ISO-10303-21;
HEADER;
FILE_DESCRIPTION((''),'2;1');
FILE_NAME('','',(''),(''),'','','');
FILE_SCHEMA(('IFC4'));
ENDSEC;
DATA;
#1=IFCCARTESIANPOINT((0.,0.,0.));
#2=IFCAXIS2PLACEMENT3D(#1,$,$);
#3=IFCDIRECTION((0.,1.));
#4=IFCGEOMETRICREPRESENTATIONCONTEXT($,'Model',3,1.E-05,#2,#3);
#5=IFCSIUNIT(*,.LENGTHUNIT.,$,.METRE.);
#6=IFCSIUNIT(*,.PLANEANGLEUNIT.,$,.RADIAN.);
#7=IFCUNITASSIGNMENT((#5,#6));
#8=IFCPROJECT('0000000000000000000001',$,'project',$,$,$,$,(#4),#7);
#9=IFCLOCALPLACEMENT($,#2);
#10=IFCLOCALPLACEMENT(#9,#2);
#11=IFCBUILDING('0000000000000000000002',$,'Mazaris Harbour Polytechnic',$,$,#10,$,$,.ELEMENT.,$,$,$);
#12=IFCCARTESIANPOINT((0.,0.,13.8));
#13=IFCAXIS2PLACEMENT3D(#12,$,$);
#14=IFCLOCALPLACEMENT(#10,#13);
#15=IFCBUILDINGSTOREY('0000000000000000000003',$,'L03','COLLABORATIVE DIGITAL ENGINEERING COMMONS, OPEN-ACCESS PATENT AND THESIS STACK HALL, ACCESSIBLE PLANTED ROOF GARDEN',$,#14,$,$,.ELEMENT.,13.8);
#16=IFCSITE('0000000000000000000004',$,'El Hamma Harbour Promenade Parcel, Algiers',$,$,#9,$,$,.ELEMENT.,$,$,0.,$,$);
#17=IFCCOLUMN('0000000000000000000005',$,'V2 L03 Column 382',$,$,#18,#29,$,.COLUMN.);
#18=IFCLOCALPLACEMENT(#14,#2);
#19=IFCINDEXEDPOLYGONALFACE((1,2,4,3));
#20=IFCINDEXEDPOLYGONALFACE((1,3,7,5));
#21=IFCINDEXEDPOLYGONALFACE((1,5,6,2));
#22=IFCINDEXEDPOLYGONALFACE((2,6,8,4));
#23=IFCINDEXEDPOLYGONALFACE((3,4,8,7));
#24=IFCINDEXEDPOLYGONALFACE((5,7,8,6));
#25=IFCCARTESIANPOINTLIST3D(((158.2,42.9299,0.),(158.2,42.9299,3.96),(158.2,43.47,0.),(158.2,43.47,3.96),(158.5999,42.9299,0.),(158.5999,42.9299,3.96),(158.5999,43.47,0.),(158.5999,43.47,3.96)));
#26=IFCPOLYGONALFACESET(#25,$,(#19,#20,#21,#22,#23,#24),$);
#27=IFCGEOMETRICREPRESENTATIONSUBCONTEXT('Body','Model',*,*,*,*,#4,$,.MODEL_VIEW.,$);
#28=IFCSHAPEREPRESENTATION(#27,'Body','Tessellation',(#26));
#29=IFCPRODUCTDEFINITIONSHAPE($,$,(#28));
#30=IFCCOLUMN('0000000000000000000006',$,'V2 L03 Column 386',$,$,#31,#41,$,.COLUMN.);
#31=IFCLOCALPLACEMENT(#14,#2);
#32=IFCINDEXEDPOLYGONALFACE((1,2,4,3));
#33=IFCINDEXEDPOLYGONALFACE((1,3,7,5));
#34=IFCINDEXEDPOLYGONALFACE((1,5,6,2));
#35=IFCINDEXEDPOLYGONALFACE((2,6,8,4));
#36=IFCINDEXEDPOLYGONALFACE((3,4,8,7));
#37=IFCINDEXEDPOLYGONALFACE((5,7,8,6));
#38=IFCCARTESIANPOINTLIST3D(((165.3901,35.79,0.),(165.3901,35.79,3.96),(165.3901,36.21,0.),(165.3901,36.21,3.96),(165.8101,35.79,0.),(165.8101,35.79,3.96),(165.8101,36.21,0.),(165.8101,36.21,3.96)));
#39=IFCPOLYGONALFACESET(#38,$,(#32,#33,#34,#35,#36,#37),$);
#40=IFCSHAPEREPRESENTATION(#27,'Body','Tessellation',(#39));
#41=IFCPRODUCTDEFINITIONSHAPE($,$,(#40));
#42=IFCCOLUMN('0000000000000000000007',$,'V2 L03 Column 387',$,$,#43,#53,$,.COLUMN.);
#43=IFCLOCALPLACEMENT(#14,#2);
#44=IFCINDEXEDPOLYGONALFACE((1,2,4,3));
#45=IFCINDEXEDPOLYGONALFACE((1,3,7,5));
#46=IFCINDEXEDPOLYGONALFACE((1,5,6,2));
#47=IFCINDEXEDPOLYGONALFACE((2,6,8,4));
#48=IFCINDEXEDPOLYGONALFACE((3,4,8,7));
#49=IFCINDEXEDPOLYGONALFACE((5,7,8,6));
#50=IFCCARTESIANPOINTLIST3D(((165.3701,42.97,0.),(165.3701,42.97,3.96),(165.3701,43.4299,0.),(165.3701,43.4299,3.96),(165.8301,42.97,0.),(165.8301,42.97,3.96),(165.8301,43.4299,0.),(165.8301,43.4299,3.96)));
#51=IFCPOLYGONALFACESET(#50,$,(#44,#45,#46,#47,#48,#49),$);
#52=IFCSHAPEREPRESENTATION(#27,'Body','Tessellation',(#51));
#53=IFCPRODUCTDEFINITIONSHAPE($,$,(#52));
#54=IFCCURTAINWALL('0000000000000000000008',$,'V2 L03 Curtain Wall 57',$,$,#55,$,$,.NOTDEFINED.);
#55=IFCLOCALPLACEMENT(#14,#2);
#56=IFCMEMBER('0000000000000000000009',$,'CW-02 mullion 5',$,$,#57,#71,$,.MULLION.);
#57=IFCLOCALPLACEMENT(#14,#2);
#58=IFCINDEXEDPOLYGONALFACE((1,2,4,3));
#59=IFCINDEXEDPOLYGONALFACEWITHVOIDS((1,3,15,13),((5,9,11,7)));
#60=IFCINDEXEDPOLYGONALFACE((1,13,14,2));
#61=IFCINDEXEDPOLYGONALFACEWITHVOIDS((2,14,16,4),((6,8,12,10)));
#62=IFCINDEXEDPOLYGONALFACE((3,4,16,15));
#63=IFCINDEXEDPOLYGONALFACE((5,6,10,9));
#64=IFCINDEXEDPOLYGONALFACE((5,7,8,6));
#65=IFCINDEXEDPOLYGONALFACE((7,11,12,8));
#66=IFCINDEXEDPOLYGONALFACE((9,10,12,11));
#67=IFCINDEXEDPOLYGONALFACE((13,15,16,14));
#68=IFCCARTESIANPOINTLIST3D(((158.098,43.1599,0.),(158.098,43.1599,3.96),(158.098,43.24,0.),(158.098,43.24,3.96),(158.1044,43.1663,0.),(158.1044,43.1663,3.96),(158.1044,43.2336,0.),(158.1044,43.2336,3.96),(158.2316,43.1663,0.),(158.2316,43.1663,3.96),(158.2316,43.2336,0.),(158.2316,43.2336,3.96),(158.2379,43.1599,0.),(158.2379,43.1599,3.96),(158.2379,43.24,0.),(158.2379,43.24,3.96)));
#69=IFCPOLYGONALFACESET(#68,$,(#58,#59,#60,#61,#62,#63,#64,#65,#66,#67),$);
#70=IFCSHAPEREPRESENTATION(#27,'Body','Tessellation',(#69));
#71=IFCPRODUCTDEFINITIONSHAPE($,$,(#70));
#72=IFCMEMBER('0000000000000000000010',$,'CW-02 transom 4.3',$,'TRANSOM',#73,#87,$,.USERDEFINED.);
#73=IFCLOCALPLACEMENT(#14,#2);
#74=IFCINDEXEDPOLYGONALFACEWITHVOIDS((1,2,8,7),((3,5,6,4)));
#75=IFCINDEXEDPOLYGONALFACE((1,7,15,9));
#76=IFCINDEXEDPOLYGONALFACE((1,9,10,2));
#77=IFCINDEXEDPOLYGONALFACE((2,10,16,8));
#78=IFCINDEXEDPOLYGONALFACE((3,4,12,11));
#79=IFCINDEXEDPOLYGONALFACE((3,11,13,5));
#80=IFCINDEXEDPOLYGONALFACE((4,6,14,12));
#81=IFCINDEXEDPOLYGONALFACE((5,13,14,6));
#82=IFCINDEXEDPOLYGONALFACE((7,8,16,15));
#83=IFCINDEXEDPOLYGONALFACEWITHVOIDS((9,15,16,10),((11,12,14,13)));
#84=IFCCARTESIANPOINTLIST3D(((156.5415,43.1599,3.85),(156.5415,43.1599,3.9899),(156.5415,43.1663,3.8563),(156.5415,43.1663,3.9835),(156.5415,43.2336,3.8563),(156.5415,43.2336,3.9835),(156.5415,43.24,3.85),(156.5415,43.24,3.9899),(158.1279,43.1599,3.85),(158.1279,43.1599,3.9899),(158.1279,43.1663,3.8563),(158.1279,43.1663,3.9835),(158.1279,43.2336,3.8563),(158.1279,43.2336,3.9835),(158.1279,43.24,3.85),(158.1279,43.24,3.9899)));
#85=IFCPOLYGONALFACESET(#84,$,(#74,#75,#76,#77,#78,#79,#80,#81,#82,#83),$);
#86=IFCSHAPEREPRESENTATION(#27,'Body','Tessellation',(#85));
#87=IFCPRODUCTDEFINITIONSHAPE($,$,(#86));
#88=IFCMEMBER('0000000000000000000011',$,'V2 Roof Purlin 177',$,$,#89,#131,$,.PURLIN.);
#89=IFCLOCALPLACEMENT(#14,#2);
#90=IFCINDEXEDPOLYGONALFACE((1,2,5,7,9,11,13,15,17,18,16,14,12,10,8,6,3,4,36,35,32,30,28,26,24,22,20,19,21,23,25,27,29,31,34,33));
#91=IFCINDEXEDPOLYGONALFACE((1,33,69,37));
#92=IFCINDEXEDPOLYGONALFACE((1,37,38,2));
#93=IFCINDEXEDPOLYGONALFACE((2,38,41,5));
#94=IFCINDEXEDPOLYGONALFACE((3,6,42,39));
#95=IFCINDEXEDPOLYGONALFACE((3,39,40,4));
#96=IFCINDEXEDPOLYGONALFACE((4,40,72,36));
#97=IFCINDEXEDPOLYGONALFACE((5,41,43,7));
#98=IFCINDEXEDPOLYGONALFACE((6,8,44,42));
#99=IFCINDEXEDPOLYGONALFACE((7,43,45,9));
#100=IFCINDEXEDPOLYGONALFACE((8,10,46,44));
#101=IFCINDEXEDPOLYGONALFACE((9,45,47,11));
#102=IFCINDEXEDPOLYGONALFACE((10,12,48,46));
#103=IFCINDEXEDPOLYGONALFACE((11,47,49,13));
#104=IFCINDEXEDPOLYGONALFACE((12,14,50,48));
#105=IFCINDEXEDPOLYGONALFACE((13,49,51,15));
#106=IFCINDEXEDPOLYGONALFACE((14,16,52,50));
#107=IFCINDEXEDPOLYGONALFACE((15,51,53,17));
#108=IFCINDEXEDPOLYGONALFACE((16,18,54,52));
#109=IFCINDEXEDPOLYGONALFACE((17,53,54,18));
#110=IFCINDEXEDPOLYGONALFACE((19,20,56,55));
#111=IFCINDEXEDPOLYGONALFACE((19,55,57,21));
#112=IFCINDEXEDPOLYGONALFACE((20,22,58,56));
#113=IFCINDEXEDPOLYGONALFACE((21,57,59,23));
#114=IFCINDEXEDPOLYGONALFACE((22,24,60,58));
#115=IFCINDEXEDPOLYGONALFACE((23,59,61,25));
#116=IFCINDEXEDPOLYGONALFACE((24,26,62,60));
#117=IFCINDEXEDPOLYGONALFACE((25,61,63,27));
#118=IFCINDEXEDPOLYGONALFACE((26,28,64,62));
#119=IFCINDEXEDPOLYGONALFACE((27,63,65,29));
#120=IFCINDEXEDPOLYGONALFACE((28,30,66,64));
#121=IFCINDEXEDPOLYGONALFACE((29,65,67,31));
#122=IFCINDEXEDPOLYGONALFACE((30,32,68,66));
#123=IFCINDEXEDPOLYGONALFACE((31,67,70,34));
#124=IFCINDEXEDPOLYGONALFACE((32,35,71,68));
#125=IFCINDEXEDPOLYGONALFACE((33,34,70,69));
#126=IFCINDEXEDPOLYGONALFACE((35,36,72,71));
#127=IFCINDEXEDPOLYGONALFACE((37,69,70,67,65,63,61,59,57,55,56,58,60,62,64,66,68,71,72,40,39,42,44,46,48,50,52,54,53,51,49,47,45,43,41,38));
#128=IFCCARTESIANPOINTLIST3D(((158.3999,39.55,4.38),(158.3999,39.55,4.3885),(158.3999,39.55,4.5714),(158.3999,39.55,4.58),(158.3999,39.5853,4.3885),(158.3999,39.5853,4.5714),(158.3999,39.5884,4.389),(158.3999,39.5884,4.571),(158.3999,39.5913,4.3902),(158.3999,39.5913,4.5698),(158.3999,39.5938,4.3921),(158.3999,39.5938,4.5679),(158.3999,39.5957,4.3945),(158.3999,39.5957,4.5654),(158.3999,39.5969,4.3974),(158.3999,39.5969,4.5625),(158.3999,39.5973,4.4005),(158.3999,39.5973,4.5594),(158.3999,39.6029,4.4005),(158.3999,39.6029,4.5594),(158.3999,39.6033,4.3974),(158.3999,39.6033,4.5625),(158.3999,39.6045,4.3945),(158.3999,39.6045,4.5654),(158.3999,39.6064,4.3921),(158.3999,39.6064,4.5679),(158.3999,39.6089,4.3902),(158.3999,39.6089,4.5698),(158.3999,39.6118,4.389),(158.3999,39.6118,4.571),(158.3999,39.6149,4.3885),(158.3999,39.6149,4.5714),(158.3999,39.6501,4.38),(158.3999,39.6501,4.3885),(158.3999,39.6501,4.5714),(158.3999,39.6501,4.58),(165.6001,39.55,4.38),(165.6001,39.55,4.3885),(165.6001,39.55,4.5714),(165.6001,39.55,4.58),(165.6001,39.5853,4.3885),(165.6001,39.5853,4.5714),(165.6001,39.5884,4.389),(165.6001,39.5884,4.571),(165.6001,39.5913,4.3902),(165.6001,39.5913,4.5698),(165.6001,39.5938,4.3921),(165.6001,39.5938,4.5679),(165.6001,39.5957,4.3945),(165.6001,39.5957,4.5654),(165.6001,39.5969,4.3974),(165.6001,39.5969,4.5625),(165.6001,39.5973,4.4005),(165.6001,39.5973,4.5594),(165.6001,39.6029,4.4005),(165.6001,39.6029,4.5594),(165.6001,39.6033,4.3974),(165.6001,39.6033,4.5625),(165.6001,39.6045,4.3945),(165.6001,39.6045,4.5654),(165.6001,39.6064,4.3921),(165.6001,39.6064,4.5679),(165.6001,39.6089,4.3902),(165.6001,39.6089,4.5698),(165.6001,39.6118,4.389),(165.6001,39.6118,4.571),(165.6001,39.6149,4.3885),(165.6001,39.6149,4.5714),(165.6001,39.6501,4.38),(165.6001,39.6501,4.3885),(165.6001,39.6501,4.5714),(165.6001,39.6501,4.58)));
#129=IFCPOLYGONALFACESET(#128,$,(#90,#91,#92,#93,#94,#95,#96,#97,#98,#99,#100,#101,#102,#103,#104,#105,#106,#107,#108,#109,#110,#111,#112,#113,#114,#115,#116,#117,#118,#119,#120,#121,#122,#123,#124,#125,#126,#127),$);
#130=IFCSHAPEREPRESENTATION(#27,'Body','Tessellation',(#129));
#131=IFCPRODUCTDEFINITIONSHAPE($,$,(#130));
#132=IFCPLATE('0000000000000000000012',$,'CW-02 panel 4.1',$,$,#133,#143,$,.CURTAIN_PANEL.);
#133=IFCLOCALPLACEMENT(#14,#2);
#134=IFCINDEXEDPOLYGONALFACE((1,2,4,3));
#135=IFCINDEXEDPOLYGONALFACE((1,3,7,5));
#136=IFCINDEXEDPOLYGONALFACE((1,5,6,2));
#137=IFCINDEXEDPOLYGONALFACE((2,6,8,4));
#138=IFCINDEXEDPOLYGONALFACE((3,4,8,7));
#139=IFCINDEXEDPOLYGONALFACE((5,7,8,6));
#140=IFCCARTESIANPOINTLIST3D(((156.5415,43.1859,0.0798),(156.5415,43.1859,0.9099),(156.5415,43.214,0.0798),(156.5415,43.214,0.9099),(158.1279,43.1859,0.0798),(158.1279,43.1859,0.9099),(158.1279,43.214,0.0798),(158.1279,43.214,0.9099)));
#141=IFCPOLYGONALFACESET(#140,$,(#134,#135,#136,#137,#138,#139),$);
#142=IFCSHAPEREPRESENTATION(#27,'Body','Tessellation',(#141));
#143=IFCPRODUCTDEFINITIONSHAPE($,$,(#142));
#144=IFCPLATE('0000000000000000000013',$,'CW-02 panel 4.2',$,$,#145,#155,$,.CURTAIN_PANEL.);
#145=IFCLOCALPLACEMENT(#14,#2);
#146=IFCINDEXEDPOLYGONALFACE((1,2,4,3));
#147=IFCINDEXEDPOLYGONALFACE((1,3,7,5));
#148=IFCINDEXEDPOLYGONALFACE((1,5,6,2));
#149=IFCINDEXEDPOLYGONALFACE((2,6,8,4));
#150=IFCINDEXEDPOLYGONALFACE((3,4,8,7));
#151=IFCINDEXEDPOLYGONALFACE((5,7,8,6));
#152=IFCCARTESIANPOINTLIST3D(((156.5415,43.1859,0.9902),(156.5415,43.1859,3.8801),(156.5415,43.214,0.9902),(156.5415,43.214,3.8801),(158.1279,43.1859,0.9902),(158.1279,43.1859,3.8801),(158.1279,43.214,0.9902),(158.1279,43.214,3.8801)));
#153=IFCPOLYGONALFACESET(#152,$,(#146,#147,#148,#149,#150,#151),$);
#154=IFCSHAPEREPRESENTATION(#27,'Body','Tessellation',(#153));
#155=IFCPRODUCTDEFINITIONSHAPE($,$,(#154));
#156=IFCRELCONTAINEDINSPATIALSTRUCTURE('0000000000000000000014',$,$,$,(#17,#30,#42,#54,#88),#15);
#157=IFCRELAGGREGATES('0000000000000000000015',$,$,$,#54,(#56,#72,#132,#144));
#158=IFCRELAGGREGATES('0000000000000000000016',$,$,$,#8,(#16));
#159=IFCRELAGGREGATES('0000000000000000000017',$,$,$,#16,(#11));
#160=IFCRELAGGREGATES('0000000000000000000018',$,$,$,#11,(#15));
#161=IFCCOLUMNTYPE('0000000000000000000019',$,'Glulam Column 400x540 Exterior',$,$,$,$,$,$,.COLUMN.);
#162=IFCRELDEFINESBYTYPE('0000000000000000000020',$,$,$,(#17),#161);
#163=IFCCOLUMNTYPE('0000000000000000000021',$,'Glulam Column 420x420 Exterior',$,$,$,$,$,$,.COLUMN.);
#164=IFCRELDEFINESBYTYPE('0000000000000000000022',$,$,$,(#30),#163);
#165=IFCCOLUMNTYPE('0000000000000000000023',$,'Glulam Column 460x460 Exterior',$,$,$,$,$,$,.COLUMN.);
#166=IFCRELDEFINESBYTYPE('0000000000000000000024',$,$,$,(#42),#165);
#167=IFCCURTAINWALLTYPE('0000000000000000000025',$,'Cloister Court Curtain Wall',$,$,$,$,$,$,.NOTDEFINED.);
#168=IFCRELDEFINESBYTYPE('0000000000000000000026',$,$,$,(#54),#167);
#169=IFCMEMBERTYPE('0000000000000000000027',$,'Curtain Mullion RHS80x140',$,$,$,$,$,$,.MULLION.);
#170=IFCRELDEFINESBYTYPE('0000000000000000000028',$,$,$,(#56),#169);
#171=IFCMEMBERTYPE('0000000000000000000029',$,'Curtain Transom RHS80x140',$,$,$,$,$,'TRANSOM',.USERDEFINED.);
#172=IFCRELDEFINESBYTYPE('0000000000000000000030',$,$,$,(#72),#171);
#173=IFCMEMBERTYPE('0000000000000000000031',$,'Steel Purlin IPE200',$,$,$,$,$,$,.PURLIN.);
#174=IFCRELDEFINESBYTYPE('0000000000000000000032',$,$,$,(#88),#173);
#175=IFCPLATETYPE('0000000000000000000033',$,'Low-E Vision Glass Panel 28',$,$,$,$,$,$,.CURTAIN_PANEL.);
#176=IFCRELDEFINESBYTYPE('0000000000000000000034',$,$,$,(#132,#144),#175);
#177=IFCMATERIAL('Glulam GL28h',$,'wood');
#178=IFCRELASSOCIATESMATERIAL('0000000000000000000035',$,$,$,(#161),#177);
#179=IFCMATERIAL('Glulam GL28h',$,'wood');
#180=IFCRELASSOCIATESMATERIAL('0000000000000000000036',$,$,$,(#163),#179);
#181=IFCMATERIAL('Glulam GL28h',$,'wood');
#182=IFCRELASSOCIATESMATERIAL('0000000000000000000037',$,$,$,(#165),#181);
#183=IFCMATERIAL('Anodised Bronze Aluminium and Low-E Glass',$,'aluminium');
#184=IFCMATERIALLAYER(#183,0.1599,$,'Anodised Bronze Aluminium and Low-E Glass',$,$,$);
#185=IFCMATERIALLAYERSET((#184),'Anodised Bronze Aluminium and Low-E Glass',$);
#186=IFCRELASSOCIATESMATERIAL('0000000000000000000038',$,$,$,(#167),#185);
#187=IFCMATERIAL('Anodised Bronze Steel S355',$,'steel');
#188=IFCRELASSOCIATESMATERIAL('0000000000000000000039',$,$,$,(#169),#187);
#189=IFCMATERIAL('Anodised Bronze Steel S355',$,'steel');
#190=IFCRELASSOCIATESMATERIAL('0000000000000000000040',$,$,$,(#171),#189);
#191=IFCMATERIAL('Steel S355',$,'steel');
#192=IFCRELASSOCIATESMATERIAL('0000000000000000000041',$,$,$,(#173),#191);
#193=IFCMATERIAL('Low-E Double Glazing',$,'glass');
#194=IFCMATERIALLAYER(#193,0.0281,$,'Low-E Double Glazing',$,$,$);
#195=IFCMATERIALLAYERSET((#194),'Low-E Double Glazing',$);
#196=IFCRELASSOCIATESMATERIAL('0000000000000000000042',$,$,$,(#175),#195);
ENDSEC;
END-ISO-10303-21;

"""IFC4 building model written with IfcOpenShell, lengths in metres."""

from ifc_helpers import new_model, si_unit, direction, frame, origin, origin_2d, place, context, subcontext, project, spatial, rectangle, hollow_rectangle, i_section, extrude, material, layer, layer_set, material_profile, profile_set, type_object, element, aggregate, save


model = new_model("IFC4")

# Units and contexts
model_context = context("Model", 3, precision=1e-05, world=origin(), true_north=direction((0.0, 1.0)))
body_context = subcontext(model_context, "Body", "Model", "MODEL_VIEW")
ifc_project = project(units=[si_unit("LENGTHUNIT", "METRE"), si_unit("PLANEANGLEUNIT", "RADIAN")], contexts=[model_context])

# Site, building, storey
site_placement = place(None, origin())
site = spatial("IfcSite", under=ifc_project, at=site_placement, Name="El Hamma Harbour Promenade Parcel, Algiers", CompositionType="ELEMENT", RefElevation=0.0)
building_placement = place(site_placement, origin())
building = spatial("IfcBuilding", under=site, at=building_placement, Name="Mazaris Harbour Polytechnic", CompositionType="ELEMENT")
storey_placement = place(building_placement, frame((0.0, 0.0, 13.8)))
storey = spatial("IfcBuildingStorey", under=building, at=storey_placement, Name="L03", Description="COLLABORATIVE DIGITAL ENGINEERING COMMONS, OPEN-ACCESS PATENT AND THESIS STACK HALL, ACCESSIBLE PLANTED ROOF GARDEN", CompositionType="ELEMENT", Elevation=13.8)

# Columns
ifc_material_1 = material(Name="Glulam GL28h", Category="wood")
ifc_material_profile_1 = material_profile(ifc_material_1, rectangle(XDim=0.3999, YDim=0.54, at=origin_2d()), Name="RECT400x540")
ifc_profile_set_1 = profile_set([ifc_material_profile_1], Name="Glulam GL28h")
column_type_1 = type_object("IfcColumnType", Name="Glulam Column 400x540 Exterior", PredefinedType="COLUMN", material=ifc_profile_set_1)
column_1_placement = place(storey_placement, frame((158.3999, 43.2, 0.0), z_axis=(0.0, 0.0, 1.0), x_axis=(1.0, 0.0, 0.0)))
element("IfcColumn", 1, at=column_1_placement, inside=storey, type_object=column_type_1, Name="V2 L03 Column 382", PredefinedType="COLUMN", context=body_context, shape_type="SweptSolid", body=[
    extrude(rectangle(XDim=0.3999, YDim=0.54, at=origin_2d()), origin(), (0.0, 0.0, 1.0), 3.96),
])
ifc_material_2 = material(Name="Glulam GL28h", Category="wood")
ifc_material_profile_2 = material_profile(ifc_material_2, rectangle(XDim=0.4199, YDim=0.4199, at=origin_2d()), Name="RECT420x420")
ifc_profile_set_2 = profile_set([ifc_material_profile_2], Name="Glulam GL28h")
column_type_2 = type_object("IfcColumnType", Name="Glulam Column 420x420 Exterior", PredefinedType="COLUMN", material=ifc_profile_set_2)
column_2_placement = place(storey_placement, frame((165.6001, 36.0, 0.0), z_axis=(0.0, 0.0, 1.0), x_axis=(1.0, 0.0, 0.0)))
element("IfcColumn", 2, at=column_2_placement, inside=storey, type_object=column_type_2, Name="V2 L03 Column 386", PredefinedType="COLUMN", context=body_context, shape_type="SweptSolid", body=[
    extrude(rectangle(XDim=0.4199, YDim=0.4199, at=origin_2d()), origin(), (0.0, 0.0, 1.0), 3.96),
])
ifc_material_3 = material(Name="Glulam GL28h", Category="wood")
ifc_material_profile_3 = material_profile(ifc_material_3, rectangle(XDim=0.46, YDim=0.46, at=origin_2d()), Name="RECT460x460")
ifc_profile_set_3 = profile_set([ifc_material_profile_3], Name="Glulam GL28h")
column_type_3 = type_object("IfcColumnType", Name="Glulam Column 460x460 Exterior", PredefinedType="COLUMN", material=ifc_profile_set_3)
column_3_placement = place(storey_placement, frame((165.6001, 43.2, 0.0), z_axis=(0.0, 0.0, 1.0), x_axis=(1.0, 0.0, 0.0)))
element("IfcColumn", 3, at=column_3_placement, inside=storey, type_object=column_type_3, Name="V2 L03 Column 387", PredefinedType="COLUMN", context=body_context, shape_type="SweptSolid", body=[
    extrude(rectangle(XDim=0.46, YDim=0.46, at=origin_2d()), origin(), (0.0, 0.0, 1.0), 3.96),
])

# Curtain wall, members
ifc_material_4 = material(Name="Anodised Bronze Aluminium and Low-E Glass", Category="aluminium")
ifc_layer_1 = layer(ifc_material_4, 0.1599, Name="Anodised Bronze Aluminium and Low-E Glass")
ifc_layer_set_1 = layer_set([ifc_layer_1], Name="Anodised Bronze Aluminium and Low-E Glass")
curtain_wall_type = type_object("IfcCurtainWallType", Name="Cloister Court Curtain Wall", PredefinedType="NOTDEFINED", material=ifc_layer_set_1)
curtain_wall_placement = place(storey_placement, origin())
curtain_wall = element("IfcCurtainWall", 4, at=curtain_wall_placement, inside=storey, type_object=curtain_wall_type, Name="V2 L03 Curtain Wall 57", PredefinedType="NOTDEFINED")
ifc_material_5 = material(Name="Anodised Bronze Steel S355", Category="steel")
ifc_material_profile_4 = material_profile(ifc_material_5, hollow_rectangle(XDim=0.0801, YDim=0.1399, WallThickness=0.0063, at=origin_2d()), Name="RHS 80x140x6.3")
ifc_profile_set_4 = profile_set([ifc_material_profile_4], Name="Anodised Bronze Steel S355")
member_type_1 = type_object("IfcMemberType", Name="Curtain Mullion RHS80x140", PredefinedType="MULLION", material=ifc_profile_set_4)
member_1_placement = place(storey_placement, frame((158.168, 43.2, 0.0), z_axis=(0.0, 0.0, 1.0), x_axis=(0.0, 1.0, 0.0)))
member_1 = element("IfcMember", 5, at=member_1_placement, type_object=member_type_1, Name="CW-02 mullion 5", PredefinedType="MULLION", context=body_context, shape_type="SweptSolid", body=[
    extrude(hollow_rectangle(XDim=0.0801, YDim=0.1399, WallThickness=0.0063, at=origin_2d()), origin(), (0.0, 0.0, 1.0), 3.96),
])
ifc_material_6 = material(Name="Anodised Bronze Steel S355", Category="steel")
ifc_material_profile_5 = material_profile(ifc_material_6, hollow_rectangle(XDim=0.0801, YDim=0.1399, WallThickness=0.0063, at=origin_2d()), Name="RHS 80x140x6.3")
ifc_profile_set_5 = profile_set([ifc_material_profile_5], Name="Anodised Bronze Steel S355")
member_type_2 = type_object("IfcMemberType", Name="Curtain Transom RHS80x140", ElementType="TRANSOM", PredefinedType="USERDEFINED", material=ifc_profile_set_5)
member_2_placement = place(storey_placement, frame((156.5415, 43.2, 3.9199), z_axis=(1.0, 0.0, 0.0), x_axis=(0.0, 1.0, 0.0)))
member_2 = element("IfcMember", 6, at=member_2_placement, type_object=member_type_2, Name="CW-02 transom 4.3", ObjectType="TRANSOM", PredefinedType="USERDEFINED", context=body_context, shape_type="SweptSolid", body=[
    extrude(hollow_rectangle(XDim=0.0801, YDim=0.1399, WallThickness=0.0063, at=origin_2d()), origin(), (0.0, 0.0, 1.0), 1.5864),
])

# Member
ifc_material_7 = material(Name="Steel S355", Category="steel")
ifc_material_profile_6 = material_profile(ifc_material_7, i_section(OverallWidth=0.1001, OverallDepth=0.2, WebThickness=0.0056, FlangeThickness=0.0085, FilletRadius=0.012, at=origin_2d()), Name="IPE 200")
ifc_profile_set_6 = profile_set([ifc_material_profile_6], Name="Steel S355")
member_type_3 = type_object("IfcMemberType", Name="Steel Purlin IPE200", PredefinedType="PURLIN", material=ifc_profile_set_6)
member_3_placement = place(storey_placement, frame((158.3999, 39.6001, 4.48), z_axis=(1.0, 0.0, 0.0), x_axis=(0.0, 1.0, 0.0)))
element("IfcMember", 7, at=member_3_placement, inside=storey, type_object=member_type_3, Name="V2 Roof Purlin 177", PredefinedType="PURLIN", context=body_context, shape_type="SweptSolid", body=[
    extrude(i_section(OverallWidth=0.1001, OverallDepth=0.2, WebThickness=0.0056, FlangeThickness=0.0085, FilletRadius=0.012, at=origin_2d()), origin(), (0.0, 0.0, 1.0), 7.2002),
])

# Plates
ifc_material_8 = material(Name="Low-E Double Glazing", Category="glass")
ifc_layer_2 = layer(ifc_material_8, 0.0281, Name="Low-E Double Glazing")
ifc_layer_set_2 = layer_set([ifc_layer_2], Name="Low-E Double Glazing")
plate_type = type_object("IfcPlateType", Name="Low-E Vision Glass Panel 28", PredefinedType="CURTAIN_PANEL", material=ifc_layer_set_2)
plate_1_placement = place(storey_placement, frame((157.3347, 43.2, 0.0798), z_axis=(0.0, 0.0, 1.0), x_axis=(1.0, 0.0, 0.0)))
plate_1 = element("IfcPlate", 8, at=plate_1_placement, type_object=plate_type, Name="CW-02 panel 4.1", PredefinedType="CURTAIN_PANEL", context=body_context, shape_type="SweptSolid", body=[
    extrude(rectangle(XDim=1.5864, YDim=0.0281, at=origin_2d()), origin(), (0.0, 0.0, 1.0), 0.8301),
])
plate_2_placement = place(storey_placement, frame((157.3347, 43.2, 0.9902), z_axis=(0.0, 0.0, 1.0), x_axis=(1.0, 0.0, 0.0)))
plate_2 = element("IfcPlate", 9, at=plate_2_placement, type_object=plate_type, Name="CW-02 panel 4.2", PredefinedType="CURTAIN_PANEL", context=body_context, shape_type="SweptSolid", body=[
    extrude(rectangle(XDim=1.5864, YDim=0.0281, at=origin_2d()), origin(), (0.0, 0.0, 1.0), 2.8899),
])
aggregate(curtain_wall, [member_1, member_2, plate_1, plate_2])

save(model, "model.ifc")
